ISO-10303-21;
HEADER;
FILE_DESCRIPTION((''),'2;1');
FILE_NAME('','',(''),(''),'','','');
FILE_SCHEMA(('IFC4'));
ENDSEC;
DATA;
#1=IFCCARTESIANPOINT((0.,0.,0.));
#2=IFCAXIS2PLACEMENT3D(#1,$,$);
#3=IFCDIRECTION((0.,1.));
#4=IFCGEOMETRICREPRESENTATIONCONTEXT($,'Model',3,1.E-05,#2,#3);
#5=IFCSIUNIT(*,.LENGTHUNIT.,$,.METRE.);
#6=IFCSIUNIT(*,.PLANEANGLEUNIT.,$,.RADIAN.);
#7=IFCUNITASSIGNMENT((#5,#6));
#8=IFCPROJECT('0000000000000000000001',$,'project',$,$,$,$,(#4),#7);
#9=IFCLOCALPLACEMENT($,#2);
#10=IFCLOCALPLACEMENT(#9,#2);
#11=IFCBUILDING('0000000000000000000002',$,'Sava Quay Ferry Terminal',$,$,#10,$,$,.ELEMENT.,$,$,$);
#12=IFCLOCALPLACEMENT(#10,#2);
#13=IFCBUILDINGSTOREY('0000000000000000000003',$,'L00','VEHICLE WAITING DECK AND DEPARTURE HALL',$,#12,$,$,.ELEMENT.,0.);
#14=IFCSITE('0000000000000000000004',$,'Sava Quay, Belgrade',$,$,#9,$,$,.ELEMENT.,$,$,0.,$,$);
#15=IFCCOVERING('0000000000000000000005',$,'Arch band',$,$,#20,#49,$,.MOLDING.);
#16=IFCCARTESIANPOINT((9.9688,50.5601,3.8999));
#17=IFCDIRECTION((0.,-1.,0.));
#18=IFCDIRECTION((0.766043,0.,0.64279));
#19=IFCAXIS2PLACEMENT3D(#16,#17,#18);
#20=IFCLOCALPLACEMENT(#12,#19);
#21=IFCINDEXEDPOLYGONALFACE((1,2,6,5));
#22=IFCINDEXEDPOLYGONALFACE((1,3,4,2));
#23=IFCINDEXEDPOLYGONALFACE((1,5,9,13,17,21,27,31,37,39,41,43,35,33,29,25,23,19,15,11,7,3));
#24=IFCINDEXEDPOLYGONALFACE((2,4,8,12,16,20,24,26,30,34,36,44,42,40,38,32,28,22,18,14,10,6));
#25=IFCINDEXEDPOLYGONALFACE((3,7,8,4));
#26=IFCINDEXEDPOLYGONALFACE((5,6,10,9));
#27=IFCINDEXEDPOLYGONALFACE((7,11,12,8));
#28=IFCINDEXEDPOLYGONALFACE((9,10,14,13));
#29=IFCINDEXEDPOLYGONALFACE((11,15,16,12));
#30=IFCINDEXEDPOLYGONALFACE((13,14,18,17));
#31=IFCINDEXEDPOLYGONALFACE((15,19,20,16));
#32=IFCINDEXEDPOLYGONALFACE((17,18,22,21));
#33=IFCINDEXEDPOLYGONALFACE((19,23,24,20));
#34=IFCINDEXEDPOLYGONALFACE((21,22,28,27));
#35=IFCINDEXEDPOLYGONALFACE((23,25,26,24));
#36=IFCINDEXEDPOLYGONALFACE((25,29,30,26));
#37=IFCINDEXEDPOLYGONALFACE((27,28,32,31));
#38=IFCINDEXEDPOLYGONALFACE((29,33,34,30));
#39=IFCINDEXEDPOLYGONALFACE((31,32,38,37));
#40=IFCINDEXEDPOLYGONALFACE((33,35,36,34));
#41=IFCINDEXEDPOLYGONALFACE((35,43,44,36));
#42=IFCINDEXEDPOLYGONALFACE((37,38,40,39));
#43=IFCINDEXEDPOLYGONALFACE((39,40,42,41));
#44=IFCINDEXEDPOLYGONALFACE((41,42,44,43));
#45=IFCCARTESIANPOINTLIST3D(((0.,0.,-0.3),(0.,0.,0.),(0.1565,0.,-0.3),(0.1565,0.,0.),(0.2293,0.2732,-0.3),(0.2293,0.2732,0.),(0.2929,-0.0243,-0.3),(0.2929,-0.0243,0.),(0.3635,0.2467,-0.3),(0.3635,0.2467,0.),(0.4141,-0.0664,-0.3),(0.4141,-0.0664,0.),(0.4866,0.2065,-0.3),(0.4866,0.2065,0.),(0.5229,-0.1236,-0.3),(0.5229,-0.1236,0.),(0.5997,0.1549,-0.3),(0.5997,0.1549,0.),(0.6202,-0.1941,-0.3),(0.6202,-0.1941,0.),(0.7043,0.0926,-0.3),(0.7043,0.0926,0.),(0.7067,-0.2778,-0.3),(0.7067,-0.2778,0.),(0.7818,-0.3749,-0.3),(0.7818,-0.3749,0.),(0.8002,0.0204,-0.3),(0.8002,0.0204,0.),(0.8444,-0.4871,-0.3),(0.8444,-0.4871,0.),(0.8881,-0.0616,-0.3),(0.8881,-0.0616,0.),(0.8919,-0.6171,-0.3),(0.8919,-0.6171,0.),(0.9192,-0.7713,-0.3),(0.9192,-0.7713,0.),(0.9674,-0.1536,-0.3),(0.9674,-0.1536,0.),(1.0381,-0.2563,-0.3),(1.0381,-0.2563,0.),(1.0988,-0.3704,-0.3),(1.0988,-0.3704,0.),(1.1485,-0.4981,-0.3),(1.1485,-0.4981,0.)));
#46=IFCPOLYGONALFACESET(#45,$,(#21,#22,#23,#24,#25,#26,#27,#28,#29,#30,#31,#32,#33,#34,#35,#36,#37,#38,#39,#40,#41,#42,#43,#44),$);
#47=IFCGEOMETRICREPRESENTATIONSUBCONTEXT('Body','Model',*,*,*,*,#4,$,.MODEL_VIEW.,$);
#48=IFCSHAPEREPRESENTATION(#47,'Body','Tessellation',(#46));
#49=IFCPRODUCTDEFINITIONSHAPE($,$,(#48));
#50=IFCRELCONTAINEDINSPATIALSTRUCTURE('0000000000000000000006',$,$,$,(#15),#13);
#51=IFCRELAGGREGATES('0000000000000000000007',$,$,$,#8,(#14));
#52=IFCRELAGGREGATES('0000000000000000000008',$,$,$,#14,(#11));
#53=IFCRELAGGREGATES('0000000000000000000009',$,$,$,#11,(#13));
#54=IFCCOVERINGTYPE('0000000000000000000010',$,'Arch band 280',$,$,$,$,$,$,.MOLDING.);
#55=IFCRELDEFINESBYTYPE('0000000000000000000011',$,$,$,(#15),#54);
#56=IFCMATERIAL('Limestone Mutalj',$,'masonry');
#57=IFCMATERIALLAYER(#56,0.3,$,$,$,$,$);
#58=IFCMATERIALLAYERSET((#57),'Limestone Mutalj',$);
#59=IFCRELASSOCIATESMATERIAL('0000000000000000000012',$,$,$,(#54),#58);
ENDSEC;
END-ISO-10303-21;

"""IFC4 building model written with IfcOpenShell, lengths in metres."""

from ifc_helpers import new_model, si_unit, direction, frame, origin, place, context, subcontext, project, spatial, polyline, outline, extrude, material, layer, layer_set, type_object, element, save


model = new_model("IFC4")

# Units and contexts
model_context = context("Model", 3, precision=1e-05, world=origin(), true_north=direction((0.0, 1.0)))
body_context = subcontext(model_context, "Body", "Model", "MODEL_VIEW")
ifc_project = project(units=[si_unit("LENGTHUNIT", "METRE"), si_unit("PLANEANGLEUNIT", "RADIAN")], contexts=[model_context])

# Site, building, storey
site_placement = place(None, origin())
site = spatial("IfcSite", under=ifc_project, at=site_placement, Name="Sava Quay, Belgrade", CompositionType="ELEMENT", RefElevation=0.0)
building_placement = place(site_placement, origin())
building = spatial("IfcBuilding", under=site, at=building_placement, Name="Sava Quay Ferry Terminal", CompositionType="ELEMENT")
storey_placement = place(building_placement, origin())
storey = spatial("IfcBuildingStorey", under=building, at=storey_placement, Name="L00", Description="VEHICLE WAITING DECK AND DEPARTURE HALL", CompositionType="ELEMENT", Elevation=0.0)

# Covering
ifc_material_1 = material(Name="Limestone Mutalj", Category="masonry")
ifc_layer_1 = layer(ifc_material_1, 0.3)
ifc_layer_set_1 = layer_set([ifc_layer_1], Name="Limestone Mutalj")
covering_type_1 = type_object("IfcCoveringType", Name="Arch band 280", PredefinedType="MOLDING", material=ifc_layer_set_1)
covering_placement = place(storey_placement, frame((9.9688, 50.5601, 3.8999), z_axis=(0.0, -1.0, 0.0), x_axis=(0.766043, 0.0, 0.64279)))
element("IfcCovering", 1, at=covering_placement, inside=storey, type_object=covering_type_1, Name="Arch band", PredefinedType="MOLDING", context=body_context, shape_type="SweptSolid", body=[
    extrude(outline(polyline([(0.0, 0.0), (0.1565, 0.0), (0.2929, -0.0243), (0.4141, -0.0664), (0.5229, -0.1236), (0.6202, -0.1941), (0.7067, -0.2778), (0.7818, -0.3749), (0.8444, -0.4871), (0.8919, -0.6171), (0.9192, -0.7713), (1.1485, -0.4981), (1.0988, -0.3704), (1.0381, -0.2563), (0.9674, -0.1536), (0.8881, -0.0616), (0.8002, 0.0204), (0.7043, 0.0926), (0.5997, 0.1549), (0.4866, 0.2065), (0.3635, 0.2467), (0.2293, 0.2732), (0.0, 0.0)])), origin(), (0.0, 0.0, -1.0), 0.3),
])

save(model, "model.ifc")
